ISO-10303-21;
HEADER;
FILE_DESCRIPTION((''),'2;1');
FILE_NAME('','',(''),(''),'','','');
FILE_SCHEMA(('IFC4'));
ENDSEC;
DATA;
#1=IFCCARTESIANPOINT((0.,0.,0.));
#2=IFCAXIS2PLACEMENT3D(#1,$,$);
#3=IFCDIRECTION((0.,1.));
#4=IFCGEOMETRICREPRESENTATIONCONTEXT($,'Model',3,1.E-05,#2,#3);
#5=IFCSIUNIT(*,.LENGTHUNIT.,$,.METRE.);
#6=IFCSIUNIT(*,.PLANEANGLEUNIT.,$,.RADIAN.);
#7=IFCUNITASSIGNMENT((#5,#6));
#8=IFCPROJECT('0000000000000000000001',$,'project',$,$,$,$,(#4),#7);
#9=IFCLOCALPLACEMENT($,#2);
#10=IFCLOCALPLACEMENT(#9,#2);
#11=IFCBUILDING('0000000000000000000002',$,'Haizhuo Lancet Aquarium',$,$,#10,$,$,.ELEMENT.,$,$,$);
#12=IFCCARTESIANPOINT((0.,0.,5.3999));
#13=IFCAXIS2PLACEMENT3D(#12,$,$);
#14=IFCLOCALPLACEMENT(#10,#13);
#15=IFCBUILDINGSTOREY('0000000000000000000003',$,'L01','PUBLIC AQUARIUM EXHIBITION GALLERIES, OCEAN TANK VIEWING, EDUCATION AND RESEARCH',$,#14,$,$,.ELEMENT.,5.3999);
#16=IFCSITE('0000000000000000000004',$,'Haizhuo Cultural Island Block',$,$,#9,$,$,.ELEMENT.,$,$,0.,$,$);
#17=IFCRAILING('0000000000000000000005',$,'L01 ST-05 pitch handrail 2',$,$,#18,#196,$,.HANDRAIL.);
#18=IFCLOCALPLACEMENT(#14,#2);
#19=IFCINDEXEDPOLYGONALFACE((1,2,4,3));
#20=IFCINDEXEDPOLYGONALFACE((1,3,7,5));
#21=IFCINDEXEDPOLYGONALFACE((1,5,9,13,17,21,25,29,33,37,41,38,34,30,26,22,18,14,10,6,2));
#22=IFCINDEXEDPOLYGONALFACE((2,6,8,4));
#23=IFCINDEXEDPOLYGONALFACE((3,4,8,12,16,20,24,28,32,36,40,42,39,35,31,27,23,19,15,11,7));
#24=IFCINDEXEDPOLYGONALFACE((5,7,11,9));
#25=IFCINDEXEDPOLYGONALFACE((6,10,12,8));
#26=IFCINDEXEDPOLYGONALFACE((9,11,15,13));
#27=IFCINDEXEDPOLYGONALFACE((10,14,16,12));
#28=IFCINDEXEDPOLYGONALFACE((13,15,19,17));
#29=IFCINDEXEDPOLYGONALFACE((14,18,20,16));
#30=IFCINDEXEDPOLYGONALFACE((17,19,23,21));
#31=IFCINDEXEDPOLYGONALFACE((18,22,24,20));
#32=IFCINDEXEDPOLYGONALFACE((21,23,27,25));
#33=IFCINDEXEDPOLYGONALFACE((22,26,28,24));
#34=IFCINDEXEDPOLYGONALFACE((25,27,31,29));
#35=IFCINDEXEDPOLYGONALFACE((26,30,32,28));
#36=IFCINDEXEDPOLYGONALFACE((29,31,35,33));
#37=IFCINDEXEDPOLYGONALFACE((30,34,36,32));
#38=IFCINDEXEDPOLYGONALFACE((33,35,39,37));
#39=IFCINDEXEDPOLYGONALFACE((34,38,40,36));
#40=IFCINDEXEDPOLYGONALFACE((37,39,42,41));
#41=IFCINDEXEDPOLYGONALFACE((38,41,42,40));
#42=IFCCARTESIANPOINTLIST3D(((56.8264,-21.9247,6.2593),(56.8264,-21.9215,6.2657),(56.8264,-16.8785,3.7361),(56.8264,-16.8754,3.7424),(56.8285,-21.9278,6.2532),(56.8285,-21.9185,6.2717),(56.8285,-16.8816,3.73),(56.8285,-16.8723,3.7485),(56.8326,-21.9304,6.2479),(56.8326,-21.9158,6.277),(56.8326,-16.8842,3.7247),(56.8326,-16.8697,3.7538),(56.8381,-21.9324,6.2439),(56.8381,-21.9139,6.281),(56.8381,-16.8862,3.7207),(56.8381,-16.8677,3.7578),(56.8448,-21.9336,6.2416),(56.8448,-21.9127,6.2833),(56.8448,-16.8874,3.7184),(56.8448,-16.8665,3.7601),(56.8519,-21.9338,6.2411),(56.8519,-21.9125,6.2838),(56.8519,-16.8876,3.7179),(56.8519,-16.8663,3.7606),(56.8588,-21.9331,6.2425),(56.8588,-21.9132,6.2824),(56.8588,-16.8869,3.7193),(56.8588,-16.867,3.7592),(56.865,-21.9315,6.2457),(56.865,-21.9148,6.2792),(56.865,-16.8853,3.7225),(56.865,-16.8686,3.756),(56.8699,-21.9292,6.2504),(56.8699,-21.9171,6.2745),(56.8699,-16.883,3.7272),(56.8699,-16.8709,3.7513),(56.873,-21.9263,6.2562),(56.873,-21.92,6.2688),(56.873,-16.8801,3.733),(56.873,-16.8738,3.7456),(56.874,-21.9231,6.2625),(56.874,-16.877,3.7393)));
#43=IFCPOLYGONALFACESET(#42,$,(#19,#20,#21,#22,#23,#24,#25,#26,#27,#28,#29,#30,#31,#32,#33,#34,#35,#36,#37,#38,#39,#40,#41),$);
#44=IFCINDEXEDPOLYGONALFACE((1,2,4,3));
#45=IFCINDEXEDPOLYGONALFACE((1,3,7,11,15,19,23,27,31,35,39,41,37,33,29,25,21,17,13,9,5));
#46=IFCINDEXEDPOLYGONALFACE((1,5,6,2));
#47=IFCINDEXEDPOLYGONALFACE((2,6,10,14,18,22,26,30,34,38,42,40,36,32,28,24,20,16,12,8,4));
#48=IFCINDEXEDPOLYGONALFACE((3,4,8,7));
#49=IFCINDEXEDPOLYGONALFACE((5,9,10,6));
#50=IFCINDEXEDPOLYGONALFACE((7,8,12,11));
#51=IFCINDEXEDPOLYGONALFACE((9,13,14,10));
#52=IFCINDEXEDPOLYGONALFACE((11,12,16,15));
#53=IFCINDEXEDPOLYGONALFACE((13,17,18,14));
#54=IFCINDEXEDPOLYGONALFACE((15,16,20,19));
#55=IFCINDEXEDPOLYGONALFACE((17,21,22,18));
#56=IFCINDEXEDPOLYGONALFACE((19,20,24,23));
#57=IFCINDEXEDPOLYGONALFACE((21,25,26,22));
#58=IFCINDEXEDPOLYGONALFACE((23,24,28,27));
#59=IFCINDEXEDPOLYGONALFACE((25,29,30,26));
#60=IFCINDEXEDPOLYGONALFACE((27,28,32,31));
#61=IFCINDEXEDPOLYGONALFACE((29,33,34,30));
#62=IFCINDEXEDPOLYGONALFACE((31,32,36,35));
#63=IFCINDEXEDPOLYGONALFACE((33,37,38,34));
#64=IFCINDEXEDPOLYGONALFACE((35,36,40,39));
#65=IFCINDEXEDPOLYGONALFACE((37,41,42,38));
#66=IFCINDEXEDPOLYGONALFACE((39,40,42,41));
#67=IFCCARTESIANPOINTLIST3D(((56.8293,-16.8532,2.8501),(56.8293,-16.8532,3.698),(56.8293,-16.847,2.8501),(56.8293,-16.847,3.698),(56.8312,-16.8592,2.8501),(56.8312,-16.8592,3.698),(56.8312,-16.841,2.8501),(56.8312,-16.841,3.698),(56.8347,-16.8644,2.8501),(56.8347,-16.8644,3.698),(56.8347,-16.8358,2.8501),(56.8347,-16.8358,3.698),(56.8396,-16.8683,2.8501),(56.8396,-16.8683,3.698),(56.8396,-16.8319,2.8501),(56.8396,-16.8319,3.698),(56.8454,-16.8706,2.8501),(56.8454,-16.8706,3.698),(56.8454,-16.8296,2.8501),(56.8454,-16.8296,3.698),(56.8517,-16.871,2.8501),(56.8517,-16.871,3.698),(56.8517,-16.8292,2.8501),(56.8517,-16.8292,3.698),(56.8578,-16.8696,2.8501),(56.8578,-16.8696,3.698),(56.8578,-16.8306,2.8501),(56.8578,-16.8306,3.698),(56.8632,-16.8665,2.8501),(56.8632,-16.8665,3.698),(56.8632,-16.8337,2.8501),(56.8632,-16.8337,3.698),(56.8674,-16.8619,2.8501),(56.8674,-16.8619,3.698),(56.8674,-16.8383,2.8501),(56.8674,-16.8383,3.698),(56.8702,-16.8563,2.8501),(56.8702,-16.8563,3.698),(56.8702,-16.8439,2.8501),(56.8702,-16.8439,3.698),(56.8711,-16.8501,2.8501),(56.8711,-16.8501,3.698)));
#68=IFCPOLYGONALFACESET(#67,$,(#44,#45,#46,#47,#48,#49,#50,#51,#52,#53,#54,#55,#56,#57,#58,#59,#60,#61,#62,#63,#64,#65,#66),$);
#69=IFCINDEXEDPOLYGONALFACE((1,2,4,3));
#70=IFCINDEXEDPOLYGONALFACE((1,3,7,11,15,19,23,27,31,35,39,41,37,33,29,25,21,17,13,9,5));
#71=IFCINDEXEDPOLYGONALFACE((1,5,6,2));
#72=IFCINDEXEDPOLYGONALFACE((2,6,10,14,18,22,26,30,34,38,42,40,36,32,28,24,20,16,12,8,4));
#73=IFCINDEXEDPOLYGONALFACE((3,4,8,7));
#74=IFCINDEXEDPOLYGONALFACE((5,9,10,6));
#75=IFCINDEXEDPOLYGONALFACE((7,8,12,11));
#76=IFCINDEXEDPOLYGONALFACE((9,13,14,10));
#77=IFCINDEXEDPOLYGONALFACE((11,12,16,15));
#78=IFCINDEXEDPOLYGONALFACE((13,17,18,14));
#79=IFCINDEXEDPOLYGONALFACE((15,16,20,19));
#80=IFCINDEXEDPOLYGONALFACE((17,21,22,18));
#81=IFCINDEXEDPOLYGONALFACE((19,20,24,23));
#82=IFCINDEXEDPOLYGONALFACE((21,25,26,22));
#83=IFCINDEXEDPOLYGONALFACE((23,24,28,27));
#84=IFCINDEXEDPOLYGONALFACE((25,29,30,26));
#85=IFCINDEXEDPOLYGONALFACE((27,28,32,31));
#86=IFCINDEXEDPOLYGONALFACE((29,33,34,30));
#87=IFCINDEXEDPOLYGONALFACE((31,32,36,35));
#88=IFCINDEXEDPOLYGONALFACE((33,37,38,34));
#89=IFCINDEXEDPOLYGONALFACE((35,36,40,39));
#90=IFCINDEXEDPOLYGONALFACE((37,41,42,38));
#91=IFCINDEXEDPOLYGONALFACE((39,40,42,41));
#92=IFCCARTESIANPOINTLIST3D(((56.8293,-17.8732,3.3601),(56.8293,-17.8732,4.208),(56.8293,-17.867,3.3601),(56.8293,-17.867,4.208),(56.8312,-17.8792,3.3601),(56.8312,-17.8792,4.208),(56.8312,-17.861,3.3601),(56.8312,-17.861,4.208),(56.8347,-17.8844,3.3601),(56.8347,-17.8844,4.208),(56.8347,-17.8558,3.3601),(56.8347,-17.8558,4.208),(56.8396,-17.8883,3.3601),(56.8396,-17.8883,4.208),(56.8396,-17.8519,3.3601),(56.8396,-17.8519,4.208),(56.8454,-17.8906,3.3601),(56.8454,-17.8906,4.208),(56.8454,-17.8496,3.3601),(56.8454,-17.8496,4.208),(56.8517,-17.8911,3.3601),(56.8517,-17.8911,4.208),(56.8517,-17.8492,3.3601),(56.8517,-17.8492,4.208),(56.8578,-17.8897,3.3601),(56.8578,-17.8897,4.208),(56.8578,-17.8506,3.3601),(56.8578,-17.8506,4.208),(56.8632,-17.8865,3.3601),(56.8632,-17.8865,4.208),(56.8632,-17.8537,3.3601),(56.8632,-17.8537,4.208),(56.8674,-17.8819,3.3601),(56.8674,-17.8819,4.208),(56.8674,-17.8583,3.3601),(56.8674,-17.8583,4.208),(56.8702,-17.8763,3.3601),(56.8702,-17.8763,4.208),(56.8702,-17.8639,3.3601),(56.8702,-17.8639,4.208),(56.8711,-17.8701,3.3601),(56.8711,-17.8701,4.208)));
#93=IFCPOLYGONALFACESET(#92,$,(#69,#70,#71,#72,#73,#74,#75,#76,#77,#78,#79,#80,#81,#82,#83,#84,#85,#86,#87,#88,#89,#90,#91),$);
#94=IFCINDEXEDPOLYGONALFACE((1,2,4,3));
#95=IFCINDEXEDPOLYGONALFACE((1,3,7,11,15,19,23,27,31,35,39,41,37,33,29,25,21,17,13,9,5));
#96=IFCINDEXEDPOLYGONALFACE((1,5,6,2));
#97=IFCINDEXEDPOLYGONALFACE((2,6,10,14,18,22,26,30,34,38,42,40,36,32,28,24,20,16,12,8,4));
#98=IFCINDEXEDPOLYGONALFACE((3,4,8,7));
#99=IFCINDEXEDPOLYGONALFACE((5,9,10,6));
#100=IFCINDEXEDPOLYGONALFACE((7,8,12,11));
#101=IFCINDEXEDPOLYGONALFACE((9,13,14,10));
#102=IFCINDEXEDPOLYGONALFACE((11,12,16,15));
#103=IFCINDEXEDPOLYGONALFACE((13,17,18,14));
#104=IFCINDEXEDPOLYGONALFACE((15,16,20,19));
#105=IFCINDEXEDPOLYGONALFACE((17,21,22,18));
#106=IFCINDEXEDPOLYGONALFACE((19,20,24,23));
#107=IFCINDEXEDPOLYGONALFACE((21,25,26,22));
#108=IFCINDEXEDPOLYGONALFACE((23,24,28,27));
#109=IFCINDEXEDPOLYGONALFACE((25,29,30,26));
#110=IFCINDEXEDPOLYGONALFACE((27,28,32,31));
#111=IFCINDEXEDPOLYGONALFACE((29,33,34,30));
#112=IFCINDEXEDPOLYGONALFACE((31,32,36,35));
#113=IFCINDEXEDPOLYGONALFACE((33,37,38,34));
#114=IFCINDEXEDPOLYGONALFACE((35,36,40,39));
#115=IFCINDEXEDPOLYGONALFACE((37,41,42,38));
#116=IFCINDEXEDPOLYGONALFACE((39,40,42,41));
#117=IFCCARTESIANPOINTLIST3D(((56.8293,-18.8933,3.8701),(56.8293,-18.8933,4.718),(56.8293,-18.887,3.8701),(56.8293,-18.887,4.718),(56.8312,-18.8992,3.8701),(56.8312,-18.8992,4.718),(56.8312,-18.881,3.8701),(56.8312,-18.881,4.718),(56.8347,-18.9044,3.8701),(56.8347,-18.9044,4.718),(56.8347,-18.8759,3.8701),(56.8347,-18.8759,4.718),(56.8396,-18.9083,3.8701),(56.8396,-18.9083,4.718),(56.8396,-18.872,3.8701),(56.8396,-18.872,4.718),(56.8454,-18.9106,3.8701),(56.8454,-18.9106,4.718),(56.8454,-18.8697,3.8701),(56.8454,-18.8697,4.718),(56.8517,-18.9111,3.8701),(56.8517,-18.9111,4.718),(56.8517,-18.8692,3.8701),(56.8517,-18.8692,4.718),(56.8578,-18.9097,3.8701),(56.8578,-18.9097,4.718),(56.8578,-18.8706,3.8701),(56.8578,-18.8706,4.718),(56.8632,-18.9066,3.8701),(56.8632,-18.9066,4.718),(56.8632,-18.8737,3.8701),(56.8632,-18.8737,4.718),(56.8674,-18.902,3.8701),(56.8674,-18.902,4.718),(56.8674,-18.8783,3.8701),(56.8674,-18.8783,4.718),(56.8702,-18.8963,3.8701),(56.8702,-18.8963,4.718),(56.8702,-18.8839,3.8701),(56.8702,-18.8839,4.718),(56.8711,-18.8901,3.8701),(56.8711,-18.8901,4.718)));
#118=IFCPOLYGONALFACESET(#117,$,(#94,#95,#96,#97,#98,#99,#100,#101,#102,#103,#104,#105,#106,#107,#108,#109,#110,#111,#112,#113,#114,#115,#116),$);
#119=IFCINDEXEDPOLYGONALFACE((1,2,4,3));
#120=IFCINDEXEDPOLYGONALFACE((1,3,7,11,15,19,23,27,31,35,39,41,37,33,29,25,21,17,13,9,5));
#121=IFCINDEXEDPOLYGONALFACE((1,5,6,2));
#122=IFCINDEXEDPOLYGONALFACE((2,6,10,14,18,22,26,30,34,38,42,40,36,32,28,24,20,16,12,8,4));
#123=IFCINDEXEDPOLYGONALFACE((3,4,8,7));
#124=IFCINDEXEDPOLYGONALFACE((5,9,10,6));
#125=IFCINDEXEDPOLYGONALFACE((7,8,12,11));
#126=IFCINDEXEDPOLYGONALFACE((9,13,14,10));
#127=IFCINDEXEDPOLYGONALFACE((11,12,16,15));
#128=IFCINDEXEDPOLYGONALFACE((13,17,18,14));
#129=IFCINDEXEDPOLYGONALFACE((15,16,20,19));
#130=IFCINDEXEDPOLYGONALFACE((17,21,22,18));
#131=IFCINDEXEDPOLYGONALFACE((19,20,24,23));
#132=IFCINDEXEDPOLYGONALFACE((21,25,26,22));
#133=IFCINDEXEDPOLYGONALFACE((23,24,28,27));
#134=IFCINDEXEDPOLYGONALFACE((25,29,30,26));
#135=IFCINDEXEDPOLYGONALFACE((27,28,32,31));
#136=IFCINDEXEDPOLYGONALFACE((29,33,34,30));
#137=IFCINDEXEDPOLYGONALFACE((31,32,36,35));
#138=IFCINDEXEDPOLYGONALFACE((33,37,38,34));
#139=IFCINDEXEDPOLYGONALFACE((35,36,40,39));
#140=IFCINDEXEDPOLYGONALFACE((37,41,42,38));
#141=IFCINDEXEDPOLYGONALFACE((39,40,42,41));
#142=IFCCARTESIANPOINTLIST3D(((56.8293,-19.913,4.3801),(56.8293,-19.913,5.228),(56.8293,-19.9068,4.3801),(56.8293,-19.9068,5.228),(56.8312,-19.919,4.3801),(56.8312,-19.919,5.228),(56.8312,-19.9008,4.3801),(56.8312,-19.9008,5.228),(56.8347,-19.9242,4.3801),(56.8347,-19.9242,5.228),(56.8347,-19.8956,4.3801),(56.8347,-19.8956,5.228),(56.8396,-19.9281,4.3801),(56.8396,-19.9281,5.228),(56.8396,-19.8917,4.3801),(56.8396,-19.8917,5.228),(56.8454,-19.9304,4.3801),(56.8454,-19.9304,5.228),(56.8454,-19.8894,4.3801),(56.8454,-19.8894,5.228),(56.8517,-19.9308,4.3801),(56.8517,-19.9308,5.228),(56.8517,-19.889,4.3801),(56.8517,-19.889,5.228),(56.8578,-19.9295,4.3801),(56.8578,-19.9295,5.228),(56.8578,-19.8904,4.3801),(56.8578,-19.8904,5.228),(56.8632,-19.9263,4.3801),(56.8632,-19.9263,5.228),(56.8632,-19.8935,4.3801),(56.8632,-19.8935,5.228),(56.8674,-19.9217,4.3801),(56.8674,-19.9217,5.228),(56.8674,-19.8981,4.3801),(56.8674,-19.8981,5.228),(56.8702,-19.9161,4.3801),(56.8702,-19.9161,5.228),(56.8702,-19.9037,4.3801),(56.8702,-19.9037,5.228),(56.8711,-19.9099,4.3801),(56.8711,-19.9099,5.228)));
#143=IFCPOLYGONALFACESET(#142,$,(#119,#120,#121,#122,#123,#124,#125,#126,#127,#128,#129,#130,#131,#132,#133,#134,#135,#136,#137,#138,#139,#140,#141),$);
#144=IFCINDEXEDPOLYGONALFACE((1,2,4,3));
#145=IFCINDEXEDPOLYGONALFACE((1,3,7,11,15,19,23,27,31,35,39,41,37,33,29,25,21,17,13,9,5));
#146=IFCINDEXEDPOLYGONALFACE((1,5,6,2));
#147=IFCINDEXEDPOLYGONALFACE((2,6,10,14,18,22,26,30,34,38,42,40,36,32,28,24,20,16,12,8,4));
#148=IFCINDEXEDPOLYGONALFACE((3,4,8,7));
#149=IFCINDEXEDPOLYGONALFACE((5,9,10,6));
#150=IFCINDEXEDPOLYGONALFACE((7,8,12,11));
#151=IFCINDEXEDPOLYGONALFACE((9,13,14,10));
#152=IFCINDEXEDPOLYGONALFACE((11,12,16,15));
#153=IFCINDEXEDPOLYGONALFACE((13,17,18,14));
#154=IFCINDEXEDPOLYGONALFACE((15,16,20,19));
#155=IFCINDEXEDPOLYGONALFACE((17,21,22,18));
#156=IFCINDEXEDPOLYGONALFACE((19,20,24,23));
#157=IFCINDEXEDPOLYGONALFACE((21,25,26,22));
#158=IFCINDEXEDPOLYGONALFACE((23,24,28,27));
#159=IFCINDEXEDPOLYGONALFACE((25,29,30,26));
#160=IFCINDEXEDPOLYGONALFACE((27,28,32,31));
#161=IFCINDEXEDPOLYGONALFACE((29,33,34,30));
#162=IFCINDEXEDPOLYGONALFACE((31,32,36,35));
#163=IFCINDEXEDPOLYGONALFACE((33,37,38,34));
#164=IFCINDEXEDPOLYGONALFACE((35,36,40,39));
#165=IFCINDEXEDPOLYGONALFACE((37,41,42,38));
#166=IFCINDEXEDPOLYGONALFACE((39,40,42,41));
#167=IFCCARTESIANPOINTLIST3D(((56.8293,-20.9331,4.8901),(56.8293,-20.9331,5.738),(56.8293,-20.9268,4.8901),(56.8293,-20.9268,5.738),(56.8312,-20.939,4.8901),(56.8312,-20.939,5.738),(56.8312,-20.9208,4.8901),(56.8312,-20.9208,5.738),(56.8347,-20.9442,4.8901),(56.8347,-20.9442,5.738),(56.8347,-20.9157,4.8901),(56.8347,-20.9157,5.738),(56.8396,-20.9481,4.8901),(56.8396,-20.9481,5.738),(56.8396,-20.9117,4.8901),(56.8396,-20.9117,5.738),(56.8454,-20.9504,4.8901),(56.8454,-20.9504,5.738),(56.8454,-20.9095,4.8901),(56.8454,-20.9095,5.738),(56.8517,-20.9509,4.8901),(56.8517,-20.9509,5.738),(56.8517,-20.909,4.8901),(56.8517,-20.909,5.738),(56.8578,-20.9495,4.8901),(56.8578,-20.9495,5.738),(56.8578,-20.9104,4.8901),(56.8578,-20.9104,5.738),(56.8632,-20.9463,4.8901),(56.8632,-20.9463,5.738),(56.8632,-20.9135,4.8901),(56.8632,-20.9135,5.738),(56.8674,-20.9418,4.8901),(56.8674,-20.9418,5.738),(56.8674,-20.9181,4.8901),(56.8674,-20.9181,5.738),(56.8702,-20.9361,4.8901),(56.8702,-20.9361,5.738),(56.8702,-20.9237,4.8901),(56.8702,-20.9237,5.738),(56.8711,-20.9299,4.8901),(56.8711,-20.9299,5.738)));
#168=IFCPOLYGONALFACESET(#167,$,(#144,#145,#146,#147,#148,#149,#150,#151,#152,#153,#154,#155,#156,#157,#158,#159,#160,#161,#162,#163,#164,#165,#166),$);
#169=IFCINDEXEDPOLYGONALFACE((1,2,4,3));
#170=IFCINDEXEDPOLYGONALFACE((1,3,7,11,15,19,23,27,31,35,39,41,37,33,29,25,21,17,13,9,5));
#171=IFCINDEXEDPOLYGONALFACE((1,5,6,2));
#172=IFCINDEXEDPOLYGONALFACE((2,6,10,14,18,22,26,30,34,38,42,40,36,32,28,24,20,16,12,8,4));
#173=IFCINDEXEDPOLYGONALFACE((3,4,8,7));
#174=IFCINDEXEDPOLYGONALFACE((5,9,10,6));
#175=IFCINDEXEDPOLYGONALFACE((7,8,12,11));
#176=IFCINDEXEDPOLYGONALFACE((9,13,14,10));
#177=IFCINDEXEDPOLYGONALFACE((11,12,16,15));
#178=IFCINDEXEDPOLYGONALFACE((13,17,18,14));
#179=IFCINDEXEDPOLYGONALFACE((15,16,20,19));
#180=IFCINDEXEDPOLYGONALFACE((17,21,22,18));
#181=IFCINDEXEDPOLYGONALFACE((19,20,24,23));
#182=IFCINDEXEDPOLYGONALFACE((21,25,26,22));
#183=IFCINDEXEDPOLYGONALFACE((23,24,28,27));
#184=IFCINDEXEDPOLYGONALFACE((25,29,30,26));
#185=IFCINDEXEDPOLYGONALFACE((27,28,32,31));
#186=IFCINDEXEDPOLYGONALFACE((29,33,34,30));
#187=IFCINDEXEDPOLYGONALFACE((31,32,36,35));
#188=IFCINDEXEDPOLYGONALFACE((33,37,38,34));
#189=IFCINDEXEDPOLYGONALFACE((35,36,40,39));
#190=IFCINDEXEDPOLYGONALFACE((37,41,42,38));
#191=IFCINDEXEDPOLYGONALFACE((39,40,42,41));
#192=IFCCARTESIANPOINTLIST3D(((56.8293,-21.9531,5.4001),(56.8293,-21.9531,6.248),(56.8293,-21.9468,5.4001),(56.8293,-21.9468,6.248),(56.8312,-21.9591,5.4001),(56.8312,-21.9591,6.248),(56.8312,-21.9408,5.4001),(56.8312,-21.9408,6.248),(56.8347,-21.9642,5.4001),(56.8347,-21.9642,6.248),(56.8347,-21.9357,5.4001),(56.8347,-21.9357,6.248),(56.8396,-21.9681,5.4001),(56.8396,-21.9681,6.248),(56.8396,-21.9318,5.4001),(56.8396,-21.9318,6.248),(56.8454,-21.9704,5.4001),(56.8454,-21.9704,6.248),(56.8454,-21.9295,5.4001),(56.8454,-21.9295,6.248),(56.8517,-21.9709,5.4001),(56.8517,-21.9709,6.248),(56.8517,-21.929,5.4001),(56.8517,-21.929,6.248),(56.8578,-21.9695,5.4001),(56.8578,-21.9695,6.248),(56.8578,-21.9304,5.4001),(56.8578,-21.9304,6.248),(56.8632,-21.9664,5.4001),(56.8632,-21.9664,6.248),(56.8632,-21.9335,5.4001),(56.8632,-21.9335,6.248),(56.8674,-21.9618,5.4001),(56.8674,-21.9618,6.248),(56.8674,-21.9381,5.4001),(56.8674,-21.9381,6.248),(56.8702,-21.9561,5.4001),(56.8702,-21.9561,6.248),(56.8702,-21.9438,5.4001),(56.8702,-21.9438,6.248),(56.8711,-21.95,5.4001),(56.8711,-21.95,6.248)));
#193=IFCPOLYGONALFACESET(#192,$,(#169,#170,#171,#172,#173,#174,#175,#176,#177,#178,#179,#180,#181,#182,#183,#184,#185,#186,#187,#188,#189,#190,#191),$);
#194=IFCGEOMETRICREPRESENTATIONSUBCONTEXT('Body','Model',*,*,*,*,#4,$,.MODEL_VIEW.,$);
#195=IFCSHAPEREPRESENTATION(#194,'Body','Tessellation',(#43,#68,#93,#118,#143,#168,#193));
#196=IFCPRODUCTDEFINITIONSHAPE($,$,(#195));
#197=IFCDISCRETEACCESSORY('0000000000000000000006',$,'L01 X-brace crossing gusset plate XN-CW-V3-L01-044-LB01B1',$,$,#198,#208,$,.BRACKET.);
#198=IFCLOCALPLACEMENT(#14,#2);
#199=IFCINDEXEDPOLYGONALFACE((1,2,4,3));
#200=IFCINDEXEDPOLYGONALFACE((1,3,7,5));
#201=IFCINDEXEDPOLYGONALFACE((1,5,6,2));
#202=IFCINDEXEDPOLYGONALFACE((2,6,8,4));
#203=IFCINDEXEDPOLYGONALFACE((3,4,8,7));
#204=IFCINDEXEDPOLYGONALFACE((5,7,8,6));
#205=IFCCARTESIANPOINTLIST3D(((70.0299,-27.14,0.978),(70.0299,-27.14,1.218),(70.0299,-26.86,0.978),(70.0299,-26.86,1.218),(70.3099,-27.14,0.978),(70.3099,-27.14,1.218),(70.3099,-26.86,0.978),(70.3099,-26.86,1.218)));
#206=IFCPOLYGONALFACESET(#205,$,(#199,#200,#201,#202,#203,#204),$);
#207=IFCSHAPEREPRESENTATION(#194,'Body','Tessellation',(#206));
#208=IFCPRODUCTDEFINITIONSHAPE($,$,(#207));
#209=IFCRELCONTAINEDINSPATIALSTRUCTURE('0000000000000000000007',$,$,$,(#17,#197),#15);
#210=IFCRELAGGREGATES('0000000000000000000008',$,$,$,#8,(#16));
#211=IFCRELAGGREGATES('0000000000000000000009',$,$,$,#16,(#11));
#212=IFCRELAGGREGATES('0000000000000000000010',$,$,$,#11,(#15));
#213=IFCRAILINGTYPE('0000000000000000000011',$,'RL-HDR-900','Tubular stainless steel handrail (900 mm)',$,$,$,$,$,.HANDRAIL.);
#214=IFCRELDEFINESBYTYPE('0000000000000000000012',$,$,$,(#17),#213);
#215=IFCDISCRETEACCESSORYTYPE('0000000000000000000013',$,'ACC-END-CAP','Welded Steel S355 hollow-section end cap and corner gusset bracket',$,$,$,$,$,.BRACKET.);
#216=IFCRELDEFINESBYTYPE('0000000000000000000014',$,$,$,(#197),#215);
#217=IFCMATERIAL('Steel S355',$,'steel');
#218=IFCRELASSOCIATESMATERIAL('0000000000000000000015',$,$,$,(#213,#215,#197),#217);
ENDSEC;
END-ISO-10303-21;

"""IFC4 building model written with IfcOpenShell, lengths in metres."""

from ifc_helpers import new_model, si_unit, direction, frame, origin, origin_2d, place, context, subcontext, project, spatial, rectangle, circle, extrude, material, type_object, element, save


model = new_model("IFC4")

# Units and contexts
model_context = context("Model", 3, precision=1e-05, world=origin(), true_north=direction((0.0, 1.0)))
body_context = subcontext(model_context, "Body", "Model", "MODEL_VIEW")
ifc_project = project(units=[si_unit("LENGTHUNIT", "METRE"), si_unit("PLANEANGLEUNIT", "RADIAN")], contexts=[model_context])

# Site, building, storey
site_placement = place(None, origin())
site = spatial("IfcSite", under=ifc_project, at=site_placement, Name="Haizhuo Cultural Island Block", CompositionType="ELEMENT", RefElevation=0.0)
building_placement = place(site_placement, origin())
building = spatial("IfcBuilding", under=site, at=building_placement, Name="Haizhuo Lancet Aquarium", CompositionType="ELEMENT")
storey_placement = place(building_placement, frame((0.0, 0.0, 5.3999)))
storey = spatial("IfcBuildingStorey", under=building, at=storey_placement, Name="L01", Description="PUBLIC AQUARIUM EXHIBITION GALLERIES, OCEAN TANK VIEWING, EDUCATION AND RESEARCH", CompositionType="ELEMENT", Elevation=5.3999)

# Shared definitions
ifc_material_1 = material(Name="Steel S355", Category="steel")

# Railing
railing_type_1 = type_object("IfcRailingType", Name="RL-HDR-900", Description="Tubular stainless steel handrail (900 mm)", PredefinedType="HANDRAIL", material=ifc_material_1)
railing_1_placement = place(storey_placement, frame((56.8501, -16.8501, 2.8501)))
element("IfcRailing", 1, at=railing_1_placement, inside=storey, type_object=railing_type_1, Name="L01 ST-05 pitch handrail 2", PredefinedType="HANDRAIL", context=body_context, shape_type="SweptSolid", body=[
    extrude(circle(Radius=0.0239, at=origin_2d()), frame((0.0, -0.0269, 0.8892), z_axis=(0.0, -0.894419, 0.447231), x_axis=(1.0, 0.0, 0.0)), (0.0, 0.0, 1.0), 5.6418),
    extrude(circle(Radius=0.021, at=origin_2d()), origin(), (0.0, 0.0, 1.0), 0.8479),
    extrude(circle(Radius=0.021, at=origin_2d()), frame((0.0, -1.02, 0.51)), (0.0, 0.0, 1.0), 0.8479),
    extrude(circle(Radius=0.021, at=origin_2d()), frame((0.0, -2.04, 1.02)), (0.0, 0.0, 1.0), 0.8479),
    extrude(circle(Radius=0.021, at=origin_2d()), frame((0.0, -3.0598, 1.53)), (0.0, 0.0, 1.0), 0.8479),
    extrude(circle(Radius=0.021, at=origin_2d()), frame((0.0, -4.0798, 2.04)), (0.0, 0.0, 1.0), 0.8479),
    extrude(circle(Radius=0.021, at=origin_2d()), frame((0.0, -5.0999, 2.55)), (0.0, 0.0, 1.0), 0.8479),
])

# Discrete accessory
discrete_accessory_type = type_object("IfcDiscreteAccessoryType", Name="ACC-END-CAP", Description="Welded Steel S355 hollow-section end cap and corner gusset bracket", PredefinedType="BRACKET", material=ifc_material_1)
discrete_accessory_placement = place(storey_placement, frame((70.1699, -27.0, 0.978), z_axis=(0.0, 0.0, 1.0), x_axis=(1.0, 0.0, 0.0)))
element("IfcDiscreteAccessory", 2, at=discrete_accessory_placement, inside=storey, type_object=discrete_accessory_type, material=ifc_material_1, Name="L01 X-brace crossing gusset plate XN-CW-V3-L01-044-LB01B1", PredefinedType="BRACKET", context=body_context, shape_type="SweptSolid", body=[
    extrude(rectangle(XDim=0.28, YDim=0.28, at=origin_2d()), origin(), (0.0, 0.0, 1.0), 0.24),
])

save(model, "model.ifc")
